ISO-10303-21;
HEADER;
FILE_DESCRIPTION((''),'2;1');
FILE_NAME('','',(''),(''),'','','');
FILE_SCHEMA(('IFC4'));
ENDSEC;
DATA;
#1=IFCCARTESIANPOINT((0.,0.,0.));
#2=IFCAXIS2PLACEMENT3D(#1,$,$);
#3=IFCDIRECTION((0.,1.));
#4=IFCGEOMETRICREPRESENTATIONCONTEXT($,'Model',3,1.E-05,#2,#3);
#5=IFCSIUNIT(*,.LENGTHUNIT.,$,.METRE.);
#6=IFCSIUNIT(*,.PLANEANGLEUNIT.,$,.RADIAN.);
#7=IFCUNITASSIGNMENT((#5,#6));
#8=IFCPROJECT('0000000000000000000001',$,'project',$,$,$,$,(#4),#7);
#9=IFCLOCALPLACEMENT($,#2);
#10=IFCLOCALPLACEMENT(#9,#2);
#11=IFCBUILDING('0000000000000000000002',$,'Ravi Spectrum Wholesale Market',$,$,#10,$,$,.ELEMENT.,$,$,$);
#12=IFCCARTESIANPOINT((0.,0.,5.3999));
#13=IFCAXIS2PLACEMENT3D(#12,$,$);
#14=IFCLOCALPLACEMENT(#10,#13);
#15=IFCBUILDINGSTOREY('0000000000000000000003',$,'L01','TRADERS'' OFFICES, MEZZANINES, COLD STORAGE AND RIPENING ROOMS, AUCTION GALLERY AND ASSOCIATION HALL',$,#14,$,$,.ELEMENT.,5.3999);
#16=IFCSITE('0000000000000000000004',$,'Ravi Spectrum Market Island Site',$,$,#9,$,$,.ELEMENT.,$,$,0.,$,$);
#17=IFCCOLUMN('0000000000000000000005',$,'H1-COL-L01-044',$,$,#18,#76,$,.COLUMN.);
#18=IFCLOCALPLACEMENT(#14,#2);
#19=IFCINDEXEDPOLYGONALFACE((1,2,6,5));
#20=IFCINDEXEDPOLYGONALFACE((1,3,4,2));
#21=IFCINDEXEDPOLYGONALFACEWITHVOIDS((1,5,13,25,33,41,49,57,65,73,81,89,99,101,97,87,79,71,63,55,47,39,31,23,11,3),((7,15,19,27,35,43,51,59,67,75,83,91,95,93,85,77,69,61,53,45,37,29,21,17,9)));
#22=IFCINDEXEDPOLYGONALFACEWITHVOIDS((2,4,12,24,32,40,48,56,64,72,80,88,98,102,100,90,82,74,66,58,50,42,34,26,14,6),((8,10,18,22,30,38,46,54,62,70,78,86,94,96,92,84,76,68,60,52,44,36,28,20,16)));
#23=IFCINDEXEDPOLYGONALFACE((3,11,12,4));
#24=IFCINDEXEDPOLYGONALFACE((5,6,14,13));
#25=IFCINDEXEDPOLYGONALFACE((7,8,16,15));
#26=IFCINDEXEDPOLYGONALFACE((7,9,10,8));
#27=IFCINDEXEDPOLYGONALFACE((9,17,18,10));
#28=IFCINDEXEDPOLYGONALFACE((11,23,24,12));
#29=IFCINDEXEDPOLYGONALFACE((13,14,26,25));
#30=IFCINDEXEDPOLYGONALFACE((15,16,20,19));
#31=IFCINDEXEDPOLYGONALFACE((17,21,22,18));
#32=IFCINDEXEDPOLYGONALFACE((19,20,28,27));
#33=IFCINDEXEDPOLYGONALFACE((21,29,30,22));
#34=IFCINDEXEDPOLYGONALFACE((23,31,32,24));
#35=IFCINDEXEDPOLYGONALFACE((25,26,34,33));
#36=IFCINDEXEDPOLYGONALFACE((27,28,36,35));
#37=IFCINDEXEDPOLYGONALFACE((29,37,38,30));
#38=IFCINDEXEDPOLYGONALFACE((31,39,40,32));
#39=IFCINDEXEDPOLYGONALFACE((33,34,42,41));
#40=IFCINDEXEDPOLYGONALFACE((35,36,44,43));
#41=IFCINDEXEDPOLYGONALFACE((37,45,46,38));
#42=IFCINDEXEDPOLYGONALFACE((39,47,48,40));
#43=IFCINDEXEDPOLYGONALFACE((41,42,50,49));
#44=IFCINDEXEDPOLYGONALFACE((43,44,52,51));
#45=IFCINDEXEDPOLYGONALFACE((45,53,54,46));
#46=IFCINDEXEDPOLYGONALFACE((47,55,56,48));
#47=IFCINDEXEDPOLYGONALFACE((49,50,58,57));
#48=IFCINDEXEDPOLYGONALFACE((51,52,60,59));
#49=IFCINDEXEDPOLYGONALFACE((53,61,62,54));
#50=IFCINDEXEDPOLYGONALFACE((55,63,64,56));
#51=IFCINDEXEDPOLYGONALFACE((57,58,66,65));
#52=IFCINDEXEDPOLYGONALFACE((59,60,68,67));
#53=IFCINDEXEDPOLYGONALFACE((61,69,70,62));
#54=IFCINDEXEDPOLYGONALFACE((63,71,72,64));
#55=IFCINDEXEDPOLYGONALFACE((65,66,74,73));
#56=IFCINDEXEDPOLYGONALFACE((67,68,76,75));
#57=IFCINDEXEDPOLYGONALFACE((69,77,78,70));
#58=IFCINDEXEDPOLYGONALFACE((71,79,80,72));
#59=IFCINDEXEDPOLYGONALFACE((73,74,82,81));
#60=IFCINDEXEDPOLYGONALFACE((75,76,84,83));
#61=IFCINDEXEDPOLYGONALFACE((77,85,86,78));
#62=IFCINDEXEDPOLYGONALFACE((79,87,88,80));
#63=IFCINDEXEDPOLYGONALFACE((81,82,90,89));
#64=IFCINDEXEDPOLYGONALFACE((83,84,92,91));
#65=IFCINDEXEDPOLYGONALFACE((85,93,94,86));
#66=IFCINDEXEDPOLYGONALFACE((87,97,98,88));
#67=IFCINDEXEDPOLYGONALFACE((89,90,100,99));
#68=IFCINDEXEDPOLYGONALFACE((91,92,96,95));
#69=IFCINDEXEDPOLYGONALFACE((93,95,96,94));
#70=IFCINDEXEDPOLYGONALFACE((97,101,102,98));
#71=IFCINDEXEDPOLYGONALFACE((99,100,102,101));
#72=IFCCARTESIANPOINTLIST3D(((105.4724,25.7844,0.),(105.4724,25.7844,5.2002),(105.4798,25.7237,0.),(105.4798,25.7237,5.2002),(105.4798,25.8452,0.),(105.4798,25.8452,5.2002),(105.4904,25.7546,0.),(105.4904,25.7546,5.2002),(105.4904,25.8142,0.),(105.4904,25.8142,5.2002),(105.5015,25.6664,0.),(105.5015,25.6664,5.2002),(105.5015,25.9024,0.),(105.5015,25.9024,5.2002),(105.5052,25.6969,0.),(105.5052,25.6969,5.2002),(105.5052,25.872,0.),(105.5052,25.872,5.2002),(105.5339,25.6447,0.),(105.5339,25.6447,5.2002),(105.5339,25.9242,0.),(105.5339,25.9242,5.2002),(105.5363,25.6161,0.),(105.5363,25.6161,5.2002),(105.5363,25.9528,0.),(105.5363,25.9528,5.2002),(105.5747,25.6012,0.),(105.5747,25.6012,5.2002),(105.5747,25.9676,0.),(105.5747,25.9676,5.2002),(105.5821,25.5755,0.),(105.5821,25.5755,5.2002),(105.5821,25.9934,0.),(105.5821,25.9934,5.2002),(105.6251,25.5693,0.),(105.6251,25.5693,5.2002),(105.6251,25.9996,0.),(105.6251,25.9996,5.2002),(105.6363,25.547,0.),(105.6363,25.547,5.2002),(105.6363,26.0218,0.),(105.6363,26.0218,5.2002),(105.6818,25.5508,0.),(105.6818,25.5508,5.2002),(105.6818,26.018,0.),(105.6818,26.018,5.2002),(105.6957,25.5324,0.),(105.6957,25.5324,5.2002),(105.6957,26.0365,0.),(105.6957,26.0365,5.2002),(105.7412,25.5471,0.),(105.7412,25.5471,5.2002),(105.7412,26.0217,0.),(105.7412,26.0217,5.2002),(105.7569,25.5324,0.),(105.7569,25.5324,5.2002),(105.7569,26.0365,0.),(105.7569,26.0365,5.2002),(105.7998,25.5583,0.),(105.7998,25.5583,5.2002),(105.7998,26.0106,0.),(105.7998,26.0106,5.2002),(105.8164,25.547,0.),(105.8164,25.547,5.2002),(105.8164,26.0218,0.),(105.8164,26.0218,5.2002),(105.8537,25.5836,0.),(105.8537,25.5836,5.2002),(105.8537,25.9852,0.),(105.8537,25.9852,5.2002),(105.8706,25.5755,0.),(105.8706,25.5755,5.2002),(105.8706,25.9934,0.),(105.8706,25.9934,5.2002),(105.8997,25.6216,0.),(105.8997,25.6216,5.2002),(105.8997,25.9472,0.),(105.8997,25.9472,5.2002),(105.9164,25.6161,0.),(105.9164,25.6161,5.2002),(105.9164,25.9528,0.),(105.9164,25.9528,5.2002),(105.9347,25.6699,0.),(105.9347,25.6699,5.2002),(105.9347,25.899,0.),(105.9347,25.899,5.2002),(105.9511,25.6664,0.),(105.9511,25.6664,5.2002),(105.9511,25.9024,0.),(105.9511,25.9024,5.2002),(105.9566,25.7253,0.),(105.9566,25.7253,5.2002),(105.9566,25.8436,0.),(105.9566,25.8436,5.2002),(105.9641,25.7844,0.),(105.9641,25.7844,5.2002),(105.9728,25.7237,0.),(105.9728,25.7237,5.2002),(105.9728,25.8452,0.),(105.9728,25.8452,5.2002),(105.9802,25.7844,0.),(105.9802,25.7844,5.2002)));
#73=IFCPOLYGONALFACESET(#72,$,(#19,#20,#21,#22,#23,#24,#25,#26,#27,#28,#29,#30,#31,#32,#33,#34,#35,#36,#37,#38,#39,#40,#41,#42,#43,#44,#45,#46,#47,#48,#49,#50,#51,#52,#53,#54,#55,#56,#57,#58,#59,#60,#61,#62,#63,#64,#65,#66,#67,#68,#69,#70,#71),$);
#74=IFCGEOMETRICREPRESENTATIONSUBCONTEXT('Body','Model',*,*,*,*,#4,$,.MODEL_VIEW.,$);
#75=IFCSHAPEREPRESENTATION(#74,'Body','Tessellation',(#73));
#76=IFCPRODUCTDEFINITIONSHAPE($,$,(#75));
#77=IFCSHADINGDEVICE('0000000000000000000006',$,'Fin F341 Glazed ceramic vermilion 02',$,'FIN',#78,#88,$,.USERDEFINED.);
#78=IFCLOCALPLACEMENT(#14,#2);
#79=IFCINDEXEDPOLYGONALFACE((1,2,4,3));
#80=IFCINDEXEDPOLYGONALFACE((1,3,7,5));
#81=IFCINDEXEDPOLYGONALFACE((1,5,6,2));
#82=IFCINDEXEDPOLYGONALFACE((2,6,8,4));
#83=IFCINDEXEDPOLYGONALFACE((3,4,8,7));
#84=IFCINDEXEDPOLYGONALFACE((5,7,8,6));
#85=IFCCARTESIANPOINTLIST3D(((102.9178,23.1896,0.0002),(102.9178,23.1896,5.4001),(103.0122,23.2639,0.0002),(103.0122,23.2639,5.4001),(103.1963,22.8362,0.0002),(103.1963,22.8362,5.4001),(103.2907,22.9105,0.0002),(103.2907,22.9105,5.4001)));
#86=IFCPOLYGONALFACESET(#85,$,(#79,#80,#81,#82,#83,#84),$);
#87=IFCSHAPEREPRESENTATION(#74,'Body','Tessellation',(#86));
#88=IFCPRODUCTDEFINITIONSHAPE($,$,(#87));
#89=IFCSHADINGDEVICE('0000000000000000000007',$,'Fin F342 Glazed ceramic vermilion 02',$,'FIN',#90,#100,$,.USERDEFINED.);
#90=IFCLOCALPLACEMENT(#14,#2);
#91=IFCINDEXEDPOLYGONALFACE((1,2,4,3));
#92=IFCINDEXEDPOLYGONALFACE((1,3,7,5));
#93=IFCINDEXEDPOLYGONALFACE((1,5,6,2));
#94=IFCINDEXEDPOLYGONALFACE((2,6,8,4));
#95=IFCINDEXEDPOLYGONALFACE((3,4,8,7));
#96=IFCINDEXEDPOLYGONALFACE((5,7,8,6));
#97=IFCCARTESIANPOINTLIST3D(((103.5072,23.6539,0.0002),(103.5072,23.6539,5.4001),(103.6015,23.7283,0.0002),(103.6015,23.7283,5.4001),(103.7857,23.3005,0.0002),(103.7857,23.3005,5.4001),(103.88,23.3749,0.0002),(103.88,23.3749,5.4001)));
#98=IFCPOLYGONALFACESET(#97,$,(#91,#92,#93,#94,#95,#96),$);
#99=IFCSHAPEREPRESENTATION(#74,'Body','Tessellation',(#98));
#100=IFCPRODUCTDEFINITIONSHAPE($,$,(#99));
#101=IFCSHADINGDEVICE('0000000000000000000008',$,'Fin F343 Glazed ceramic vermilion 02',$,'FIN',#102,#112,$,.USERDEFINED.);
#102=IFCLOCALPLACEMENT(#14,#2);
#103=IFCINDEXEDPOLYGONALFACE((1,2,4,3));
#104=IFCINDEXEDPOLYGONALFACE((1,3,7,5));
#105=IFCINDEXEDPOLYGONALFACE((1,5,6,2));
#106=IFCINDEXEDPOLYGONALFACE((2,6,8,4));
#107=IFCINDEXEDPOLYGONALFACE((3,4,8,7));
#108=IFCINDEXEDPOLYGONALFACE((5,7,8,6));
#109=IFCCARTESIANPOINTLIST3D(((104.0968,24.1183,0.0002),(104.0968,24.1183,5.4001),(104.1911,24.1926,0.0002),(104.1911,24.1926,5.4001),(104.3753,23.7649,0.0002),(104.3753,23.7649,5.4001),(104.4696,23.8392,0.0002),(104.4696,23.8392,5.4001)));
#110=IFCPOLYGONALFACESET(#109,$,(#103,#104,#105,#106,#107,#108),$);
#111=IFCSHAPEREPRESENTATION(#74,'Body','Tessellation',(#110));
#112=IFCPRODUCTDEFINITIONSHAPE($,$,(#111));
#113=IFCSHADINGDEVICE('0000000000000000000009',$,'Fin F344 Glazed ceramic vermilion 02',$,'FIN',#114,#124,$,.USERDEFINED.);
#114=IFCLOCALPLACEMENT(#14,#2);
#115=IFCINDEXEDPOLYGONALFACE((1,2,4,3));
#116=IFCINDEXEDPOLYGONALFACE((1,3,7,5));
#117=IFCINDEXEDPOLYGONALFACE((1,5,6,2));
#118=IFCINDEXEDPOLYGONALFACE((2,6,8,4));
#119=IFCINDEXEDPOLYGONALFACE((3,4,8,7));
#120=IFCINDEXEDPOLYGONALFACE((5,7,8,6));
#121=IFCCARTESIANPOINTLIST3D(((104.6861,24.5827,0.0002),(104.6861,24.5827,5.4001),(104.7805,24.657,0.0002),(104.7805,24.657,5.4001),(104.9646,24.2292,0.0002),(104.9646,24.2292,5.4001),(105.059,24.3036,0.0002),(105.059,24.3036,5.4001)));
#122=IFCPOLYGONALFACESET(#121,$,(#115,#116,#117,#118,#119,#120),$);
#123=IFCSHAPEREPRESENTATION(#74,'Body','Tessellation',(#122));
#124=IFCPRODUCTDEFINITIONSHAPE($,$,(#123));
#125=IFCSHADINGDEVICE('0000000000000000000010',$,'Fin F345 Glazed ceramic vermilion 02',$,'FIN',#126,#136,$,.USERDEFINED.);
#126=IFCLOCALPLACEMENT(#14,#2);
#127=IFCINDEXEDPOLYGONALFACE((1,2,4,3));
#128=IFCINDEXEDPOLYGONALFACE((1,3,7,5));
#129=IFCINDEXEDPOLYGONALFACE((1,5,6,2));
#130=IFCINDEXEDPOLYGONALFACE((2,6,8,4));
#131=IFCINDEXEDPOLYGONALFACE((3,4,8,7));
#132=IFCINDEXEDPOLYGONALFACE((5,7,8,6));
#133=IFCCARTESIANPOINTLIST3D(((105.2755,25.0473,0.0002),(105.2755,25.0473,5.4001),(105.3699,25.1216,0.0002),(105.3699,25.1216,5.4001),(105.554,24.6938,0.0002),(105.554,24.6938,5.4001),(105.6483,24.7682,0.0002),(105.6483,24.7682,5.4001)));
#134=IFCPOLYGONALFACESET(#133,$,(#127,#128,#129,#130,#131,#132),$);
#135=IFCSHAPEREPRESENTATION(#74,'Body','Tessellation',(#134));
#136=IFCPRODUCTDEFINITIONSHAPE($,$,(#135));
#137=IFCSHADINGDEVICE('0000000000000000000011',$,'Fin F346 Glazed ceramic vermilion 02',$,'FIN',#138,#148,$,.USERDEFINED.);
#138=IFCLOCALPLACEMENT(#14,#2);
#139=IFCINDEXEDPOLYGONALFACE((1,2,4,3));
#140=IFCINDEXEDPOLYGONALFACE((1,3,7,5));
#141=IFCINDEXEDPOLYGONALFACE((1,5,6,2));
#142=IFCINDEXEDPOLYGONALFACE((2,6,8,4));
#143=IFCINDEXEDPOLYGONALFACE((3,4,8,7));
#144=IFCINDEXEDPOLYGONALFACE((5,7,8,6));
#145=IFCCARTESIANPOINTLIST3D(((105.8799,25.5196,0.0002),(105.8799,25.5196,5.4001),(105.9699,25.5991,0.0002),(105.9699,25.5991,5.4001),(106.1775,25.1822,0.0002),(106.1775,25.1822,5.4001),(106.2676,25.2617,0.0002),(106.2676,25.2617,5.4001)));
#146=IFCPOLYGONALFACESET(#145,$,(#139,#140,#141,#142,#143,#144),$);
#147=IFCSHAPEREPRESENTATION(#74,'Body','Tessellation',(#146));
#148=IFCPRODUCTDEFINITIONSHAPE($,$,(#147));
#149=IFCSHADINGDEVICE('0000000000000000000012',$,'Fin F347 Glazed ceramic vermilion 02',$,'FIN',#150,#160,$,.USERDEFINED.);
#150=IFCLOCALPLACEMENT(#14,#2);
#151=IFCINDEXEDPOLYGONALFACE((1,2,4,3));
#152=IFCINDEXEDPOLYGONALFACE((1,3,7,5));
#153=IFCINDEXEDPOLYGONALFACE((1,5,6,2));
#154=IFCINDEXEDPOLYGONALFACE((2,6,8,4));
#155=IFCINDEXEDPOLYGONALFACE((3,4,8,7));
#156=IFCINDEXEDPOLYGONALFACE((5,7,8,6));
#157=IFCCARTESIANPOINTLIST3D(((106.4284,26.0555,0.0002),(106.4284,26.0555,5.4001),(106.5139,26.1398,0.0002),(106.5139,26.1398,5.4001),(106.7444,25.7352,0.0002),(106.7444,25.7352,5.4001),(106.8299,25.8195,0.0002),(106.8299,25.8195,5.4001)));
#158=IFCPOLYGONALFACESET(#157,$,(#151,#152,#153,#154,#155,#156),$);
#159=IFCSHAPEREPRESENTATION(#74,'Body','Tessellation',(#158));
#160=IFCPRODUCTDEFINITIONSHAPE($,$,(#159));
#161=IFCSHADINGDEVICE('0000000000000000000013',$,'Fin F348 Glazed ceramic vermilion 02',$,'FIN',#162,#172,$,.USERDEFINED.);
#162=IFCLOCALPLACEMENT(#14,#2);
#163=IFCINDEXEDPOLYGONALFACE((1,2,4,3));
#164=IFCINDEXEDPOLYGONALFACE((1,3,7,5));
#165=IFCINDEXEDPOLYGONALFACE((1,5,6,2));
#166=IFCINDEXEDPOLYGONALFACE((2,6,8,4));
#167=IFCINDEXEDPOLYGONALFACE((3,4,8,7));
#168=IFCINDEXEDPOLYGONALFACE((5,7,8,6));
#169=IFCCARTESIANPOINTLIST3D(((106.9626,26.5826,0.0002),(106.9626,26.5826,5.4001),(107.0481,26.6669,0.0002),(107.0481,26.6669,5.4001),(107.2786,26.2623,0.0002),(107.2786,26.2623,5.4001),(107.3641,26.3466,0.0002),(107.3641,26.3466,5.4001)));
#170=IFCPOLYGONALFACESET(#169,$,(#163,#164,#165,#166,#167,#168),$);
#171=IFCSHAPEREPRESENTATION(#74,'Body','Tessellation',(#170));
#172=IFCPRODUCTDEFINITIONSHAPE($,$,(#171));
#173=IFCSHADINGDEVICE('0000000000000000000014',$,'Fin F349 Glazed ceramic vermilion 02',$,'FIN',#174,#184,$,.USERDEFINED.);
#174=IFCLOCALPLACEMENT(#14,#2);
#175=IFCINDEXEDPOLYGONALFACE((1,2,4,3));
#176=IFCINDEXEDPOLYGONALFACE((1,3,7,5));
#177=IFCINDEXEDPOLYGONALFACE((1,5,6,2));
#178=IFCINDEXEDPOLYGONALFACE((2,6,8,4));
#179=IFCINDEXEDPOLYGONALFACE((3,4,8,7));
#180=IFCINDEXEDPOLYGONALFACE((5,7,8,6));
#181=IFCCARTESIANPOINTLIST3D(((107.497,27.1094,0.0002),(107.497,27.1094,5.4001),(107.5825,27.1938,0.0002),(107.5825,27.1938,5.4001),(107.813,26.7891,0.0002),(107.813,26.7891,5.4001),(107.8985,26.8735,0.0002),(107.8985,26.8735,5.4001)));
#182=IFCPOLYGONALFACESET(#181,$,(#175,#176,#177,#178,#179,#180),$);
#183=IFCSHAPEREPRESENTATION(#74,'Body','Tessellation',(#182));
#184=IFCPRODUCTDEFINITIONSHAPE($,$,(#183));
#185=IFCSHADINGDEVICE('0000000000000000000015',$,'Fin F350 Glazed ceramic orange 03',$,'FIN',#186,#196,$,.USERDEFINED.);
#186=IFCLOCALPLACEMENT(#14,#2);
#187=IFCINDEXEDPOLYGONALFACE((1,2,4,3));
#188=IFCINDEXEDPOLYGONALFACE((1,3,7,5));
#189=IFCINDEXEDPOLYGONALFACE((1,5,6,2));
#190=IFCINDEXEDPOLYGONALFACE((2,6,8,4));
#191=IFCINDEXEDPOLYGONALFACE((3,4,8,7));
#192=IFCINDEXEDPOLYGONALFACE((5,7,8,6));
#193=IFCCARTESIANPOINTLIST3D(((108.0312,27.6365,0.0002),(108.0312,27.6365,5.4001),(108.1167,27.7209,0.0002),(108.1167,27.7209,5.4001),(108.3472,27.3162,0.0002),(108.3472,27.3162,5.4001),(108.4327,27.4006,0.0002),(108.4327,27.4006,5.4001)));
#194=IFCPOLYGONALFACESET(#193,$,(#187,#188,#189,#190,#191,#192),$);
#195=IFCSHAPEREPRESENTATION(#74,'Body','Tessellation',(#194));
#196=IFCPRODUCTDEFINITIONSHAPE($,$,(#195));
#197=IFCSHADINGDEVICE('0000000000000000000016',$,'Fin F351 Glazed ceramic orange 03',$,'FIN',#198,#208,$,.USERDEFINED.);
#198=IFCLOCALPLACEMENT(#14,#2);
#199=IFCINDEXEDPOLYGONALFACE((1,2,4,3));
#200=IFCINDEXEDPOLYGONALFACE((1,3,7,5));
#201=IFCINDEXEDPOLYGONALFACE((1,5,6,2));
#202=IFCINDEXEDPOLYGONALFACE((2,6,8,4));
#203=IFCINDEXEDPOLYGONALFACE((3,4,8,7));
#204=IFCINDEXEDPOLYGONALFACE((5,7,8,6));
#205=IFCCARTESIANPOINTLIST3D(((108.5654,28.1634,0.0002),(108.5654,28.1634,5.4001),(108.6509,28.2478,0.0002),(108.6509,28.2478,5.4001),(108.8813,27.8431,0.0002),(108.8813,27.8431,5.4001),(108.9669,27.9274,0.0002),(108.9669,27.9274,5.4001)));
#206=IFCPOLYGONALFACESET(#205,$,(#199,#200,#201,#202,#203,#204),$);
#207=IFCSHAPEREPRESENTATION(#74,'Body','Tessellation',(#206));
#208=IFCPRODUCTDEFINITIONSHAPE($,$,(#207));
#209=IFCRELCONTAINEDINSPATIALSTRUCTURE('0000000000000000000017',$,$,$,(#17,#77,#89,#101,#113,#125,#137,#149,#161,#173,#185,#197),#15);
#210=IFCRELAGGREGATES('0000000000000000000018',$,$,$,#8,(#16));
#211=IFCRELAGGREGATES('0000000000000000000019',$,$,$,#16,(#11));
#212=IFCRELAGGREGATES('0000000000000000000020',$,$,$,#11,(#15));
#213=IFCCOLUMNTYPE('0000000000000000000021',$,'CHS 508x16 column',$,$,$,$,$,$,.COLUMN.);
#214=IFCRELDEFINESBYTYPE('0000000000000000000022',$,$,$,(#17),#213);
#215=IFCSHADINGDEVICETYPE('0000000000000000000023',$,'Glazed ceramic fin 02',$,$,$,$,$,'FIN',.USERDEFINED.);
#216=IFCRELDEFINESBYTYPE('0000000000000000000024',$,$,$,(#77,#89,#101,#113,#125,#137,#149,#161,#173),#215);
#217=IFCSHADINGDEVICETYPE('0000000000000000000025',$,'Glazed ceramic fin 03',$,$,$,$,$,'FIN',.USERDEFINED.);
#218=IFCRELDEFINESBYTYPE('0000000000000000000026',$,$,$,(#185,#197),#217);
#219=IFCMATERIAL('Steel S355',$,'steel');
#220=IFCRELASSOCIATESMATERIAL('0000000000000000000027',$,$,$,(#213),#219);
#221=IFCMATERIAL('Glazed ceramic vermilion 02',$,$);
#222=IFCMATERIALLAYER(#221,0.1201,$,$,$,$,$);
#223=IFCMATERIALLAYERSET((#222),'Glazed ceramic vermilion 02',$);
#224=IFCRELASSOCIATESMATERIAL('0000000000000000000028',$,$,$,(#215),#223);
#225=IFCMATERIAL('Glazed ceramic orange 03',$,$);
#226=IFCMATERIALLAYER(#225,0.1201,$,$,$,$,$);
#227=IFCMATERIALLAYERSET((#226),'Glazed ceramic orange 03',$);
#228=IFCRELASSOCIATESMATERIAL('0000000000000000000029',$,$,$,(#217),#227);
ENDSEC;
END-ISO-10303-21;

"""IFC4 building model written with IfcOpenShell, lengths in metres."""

from ifc_helpers import new_model, si_unit, direction, frame, origin, origin_2d, place, context, subcontext, project, spatial, rectangle, hollow_circle, extrude, material, layer, layer_set, material_profile, profile_set, type_object, element, save


model = new_model("IFC4")

# Units and contexts
model_context = context("Model", 3, precision=1e-05, world=origin(), true_north=direction((0.0, 1.0)))
body_context = subcontext(model_context, "Body", "Model", "MODEL_VIEW")
ifc_project = project(units=[si_unit("LENGTHUNIT", "METRE"), si_unit("PLANEANGLEUNIT", "RADIAN")], contexts=[model_context])

# Site, building, storey
site_placement = place(None, origin())
site = spatial("IfcSite", under=ifc_project, at=site_placement, Name="Ravi Spectrum Market Island Site", CompositionType="ELEMENT", RefElevation=0.0)
building_placement = place(site_placement, origin())
building = spatial("IfcBuilding", under=site, at=building_placement, Name="Ravi Spectrum Wholesale Market", CompositionType="ELEMENT")
storey_placement = place(building_placement, frame((0.0, 0.0, 5.3999)))
storey = spatial("IfcBuildingStorey", under=building, at=storey_placement, Name="L01", Description="TRADERS' OFFICES, MEZZANINES, COLD STORAGE AND RIPENING ROOMS, AUCTION GALLERY AND ASSOCIATION HALL", CompositionType="ELEMENT", Elevation=5.3999)

# Column
ifc_material_1 = material(Name="Steel S355", Category="steel")
ifc_material_profile_1 = material_profile(ifc_material_1, hollow_circle(Radius=0.2539, WallThickness=0.0161, at=origin_2d()))
ifc_profile_set_1 = profile_set([ifc_material_profile_1], Name="Steel S355")
column_type = type_object("IfcColumnType", Name="CHS 508x16 column", PredefinedType="COLUMN", material=ifc_profile_set_1)
column_placement = place(storey_placement, frame((105.7263, 25.7844, 0.0), z_axis=(0.0, 0.0, 1.0), x_axis=(1.0, 0.0, 0.0)))
element("IfcColumn", 1, at=column_placement, inside=storey, type_object=column_type, Name="H1-COL-L01-044", PredefinedType="COLUMN", context=body_context, shape_type="SweptSolid", body=[
    extrude(hollow_circle(Radius=0.2539, WallThickness=0.0161, at=origin_2d()), origin(), (0.0, 0.0, 1.0), 5.2002),
])

# Shading devices
ifc_material_2 = material(Name="Glazed ceramic vermilion 02")
ifc_layer_1 = layer(ifc_material_2, 0.1201)
ifc_layer_set_1 = layer_set([ifc_layer_1], Name="Glazed ceramic vermilion 02")
shading_device_type_1 = type_object("IfcShadingDeviceType", Name="Glazed ceramic fin 02", ElementType="FIN", PredefinedType="USERDEFINED", material=ifc_layer_set_1)
for number, where, z_axis, x_axis, name in (
    (2, (103.1042, 23.05, 0.0002), (0.0, 0.0, 1.0), (0.785472, 0.618897, 0.0), "Fin F341 Glazed ceramic vermilion 02"),
    (3, (103.6936, 23.5144, 0.0002), (0.0, 0.0, 1.0), (0.785472, 0.618897, 0.0), "Fin F342 Glazed ceramic vermilion 02"),
    (4, (104.2832, 23.9788, 0.0002), (0.0, 0.0, 1.0), (0.785472, 0.618897, 0.0), "Fin F343 Glazed ceramic vermilion 02"),
    (5, (104.8726, 24.4431, 0.0002), (0.0, 0.0, 1.0), (0.785472, 0.618897, 0.0), "Fin F344 Glazed ceramic vermilion 02"),
    (6, (105.4619, 24.9077, 0.0002), (0.0, 0.0, 1.0), (0.785472, 0.618897, 0.0), "Fin F345 Glazed ceramic vermilion 02"),
    (7, (106.0737, 25.3906, 0.0002), (0.0, 0.0, 1.0), (0.749858, 0.661599, 0.0), "Fin F346 Glazed ceramic vermilion 02"),
    (8, (106.6292, 25.9375, 0.0002), (0.0, 0.0, 1.0), (0.711925, 0.702256, 0.0), "Fin F347 Glazed ceramic vermilion 02"),
    (9, (107.1633, 26.4646, 0.0002), (0.0, 0.0, 1.0), (0.711925, 0.702256, 0.0), "Fin F348 Glazed ceramic vermilion 02"),
    (10, (107.6978, 26.9915, 0.0002), (0.0, 0.0, 1.0), (0.711925, 0.702256, 0.0), "Fin F349 Glazed ceramic vermilion 02"),
):
    element("IfcShadingDevice", number, at=place(storey_placement, frame(where, z_axis=z_axis, x_axis=x_axis)), inside=storey, type_object=shading_device_type_1, Name=name, ObjectType="FIN", PredefinedType="USERDEFINED", context=body_context, shape_type="SweptSolid", body=[
        extrude(rectangle(XDim=0.1201, YDim=0.45, at=origin_2d()), origin(), (0.0, 0.0, 1.0), 5.3999),
    ])
ifc_material_3 = material(Name="Glazed ceramic orange 03")
ifc_layer_2 = layer(ifc_material_3, 0.1201)
ifc_layer_set_2 = layer_set([ifc_layer_2], Name="Glazed ceramic orange 03")
shading_device_type_2 = type_object("IfcShadingDeviceType", Name="Glazed ceramic fin 03", ElementType="FIN", PredefinedType="USERDEFINED", material=ifc_layer_set_2)
for number, where, z_axis, x_axis, name in (
    (11, (108.2319, 27.5186, 0.0002), (0.0, 0.0, 1.0), (0.711925, 0.702256, 0.0), "Fin F350 Glazed ceramic orange 03"),
    (12, (108.7661, 28.0454, 0.0002), (0.0, 0.0, 1.0), (0.711925, 0.702256, 0.0), "Fin F351 Glazed ceramic orange 03"),
):
    element("IfcShadingDevice", number, at=place(storey_placement, frame(where, z_axis=z_axis, x_axis=x_axis)), inside=storey, type_object=shading_device_type_2, Name=name, ObjectType="FIN", PredefinedType="USERDEFINED", context=body_context, shape_type="SweptSolid", body=[
        extrude(rectangle(XDim=0.1201, YDim=0.45, at=origin_2d()), origin(), (0.0, 0.0, 1.0), 5.3999),
    ])

save(model, "model.ifc")
